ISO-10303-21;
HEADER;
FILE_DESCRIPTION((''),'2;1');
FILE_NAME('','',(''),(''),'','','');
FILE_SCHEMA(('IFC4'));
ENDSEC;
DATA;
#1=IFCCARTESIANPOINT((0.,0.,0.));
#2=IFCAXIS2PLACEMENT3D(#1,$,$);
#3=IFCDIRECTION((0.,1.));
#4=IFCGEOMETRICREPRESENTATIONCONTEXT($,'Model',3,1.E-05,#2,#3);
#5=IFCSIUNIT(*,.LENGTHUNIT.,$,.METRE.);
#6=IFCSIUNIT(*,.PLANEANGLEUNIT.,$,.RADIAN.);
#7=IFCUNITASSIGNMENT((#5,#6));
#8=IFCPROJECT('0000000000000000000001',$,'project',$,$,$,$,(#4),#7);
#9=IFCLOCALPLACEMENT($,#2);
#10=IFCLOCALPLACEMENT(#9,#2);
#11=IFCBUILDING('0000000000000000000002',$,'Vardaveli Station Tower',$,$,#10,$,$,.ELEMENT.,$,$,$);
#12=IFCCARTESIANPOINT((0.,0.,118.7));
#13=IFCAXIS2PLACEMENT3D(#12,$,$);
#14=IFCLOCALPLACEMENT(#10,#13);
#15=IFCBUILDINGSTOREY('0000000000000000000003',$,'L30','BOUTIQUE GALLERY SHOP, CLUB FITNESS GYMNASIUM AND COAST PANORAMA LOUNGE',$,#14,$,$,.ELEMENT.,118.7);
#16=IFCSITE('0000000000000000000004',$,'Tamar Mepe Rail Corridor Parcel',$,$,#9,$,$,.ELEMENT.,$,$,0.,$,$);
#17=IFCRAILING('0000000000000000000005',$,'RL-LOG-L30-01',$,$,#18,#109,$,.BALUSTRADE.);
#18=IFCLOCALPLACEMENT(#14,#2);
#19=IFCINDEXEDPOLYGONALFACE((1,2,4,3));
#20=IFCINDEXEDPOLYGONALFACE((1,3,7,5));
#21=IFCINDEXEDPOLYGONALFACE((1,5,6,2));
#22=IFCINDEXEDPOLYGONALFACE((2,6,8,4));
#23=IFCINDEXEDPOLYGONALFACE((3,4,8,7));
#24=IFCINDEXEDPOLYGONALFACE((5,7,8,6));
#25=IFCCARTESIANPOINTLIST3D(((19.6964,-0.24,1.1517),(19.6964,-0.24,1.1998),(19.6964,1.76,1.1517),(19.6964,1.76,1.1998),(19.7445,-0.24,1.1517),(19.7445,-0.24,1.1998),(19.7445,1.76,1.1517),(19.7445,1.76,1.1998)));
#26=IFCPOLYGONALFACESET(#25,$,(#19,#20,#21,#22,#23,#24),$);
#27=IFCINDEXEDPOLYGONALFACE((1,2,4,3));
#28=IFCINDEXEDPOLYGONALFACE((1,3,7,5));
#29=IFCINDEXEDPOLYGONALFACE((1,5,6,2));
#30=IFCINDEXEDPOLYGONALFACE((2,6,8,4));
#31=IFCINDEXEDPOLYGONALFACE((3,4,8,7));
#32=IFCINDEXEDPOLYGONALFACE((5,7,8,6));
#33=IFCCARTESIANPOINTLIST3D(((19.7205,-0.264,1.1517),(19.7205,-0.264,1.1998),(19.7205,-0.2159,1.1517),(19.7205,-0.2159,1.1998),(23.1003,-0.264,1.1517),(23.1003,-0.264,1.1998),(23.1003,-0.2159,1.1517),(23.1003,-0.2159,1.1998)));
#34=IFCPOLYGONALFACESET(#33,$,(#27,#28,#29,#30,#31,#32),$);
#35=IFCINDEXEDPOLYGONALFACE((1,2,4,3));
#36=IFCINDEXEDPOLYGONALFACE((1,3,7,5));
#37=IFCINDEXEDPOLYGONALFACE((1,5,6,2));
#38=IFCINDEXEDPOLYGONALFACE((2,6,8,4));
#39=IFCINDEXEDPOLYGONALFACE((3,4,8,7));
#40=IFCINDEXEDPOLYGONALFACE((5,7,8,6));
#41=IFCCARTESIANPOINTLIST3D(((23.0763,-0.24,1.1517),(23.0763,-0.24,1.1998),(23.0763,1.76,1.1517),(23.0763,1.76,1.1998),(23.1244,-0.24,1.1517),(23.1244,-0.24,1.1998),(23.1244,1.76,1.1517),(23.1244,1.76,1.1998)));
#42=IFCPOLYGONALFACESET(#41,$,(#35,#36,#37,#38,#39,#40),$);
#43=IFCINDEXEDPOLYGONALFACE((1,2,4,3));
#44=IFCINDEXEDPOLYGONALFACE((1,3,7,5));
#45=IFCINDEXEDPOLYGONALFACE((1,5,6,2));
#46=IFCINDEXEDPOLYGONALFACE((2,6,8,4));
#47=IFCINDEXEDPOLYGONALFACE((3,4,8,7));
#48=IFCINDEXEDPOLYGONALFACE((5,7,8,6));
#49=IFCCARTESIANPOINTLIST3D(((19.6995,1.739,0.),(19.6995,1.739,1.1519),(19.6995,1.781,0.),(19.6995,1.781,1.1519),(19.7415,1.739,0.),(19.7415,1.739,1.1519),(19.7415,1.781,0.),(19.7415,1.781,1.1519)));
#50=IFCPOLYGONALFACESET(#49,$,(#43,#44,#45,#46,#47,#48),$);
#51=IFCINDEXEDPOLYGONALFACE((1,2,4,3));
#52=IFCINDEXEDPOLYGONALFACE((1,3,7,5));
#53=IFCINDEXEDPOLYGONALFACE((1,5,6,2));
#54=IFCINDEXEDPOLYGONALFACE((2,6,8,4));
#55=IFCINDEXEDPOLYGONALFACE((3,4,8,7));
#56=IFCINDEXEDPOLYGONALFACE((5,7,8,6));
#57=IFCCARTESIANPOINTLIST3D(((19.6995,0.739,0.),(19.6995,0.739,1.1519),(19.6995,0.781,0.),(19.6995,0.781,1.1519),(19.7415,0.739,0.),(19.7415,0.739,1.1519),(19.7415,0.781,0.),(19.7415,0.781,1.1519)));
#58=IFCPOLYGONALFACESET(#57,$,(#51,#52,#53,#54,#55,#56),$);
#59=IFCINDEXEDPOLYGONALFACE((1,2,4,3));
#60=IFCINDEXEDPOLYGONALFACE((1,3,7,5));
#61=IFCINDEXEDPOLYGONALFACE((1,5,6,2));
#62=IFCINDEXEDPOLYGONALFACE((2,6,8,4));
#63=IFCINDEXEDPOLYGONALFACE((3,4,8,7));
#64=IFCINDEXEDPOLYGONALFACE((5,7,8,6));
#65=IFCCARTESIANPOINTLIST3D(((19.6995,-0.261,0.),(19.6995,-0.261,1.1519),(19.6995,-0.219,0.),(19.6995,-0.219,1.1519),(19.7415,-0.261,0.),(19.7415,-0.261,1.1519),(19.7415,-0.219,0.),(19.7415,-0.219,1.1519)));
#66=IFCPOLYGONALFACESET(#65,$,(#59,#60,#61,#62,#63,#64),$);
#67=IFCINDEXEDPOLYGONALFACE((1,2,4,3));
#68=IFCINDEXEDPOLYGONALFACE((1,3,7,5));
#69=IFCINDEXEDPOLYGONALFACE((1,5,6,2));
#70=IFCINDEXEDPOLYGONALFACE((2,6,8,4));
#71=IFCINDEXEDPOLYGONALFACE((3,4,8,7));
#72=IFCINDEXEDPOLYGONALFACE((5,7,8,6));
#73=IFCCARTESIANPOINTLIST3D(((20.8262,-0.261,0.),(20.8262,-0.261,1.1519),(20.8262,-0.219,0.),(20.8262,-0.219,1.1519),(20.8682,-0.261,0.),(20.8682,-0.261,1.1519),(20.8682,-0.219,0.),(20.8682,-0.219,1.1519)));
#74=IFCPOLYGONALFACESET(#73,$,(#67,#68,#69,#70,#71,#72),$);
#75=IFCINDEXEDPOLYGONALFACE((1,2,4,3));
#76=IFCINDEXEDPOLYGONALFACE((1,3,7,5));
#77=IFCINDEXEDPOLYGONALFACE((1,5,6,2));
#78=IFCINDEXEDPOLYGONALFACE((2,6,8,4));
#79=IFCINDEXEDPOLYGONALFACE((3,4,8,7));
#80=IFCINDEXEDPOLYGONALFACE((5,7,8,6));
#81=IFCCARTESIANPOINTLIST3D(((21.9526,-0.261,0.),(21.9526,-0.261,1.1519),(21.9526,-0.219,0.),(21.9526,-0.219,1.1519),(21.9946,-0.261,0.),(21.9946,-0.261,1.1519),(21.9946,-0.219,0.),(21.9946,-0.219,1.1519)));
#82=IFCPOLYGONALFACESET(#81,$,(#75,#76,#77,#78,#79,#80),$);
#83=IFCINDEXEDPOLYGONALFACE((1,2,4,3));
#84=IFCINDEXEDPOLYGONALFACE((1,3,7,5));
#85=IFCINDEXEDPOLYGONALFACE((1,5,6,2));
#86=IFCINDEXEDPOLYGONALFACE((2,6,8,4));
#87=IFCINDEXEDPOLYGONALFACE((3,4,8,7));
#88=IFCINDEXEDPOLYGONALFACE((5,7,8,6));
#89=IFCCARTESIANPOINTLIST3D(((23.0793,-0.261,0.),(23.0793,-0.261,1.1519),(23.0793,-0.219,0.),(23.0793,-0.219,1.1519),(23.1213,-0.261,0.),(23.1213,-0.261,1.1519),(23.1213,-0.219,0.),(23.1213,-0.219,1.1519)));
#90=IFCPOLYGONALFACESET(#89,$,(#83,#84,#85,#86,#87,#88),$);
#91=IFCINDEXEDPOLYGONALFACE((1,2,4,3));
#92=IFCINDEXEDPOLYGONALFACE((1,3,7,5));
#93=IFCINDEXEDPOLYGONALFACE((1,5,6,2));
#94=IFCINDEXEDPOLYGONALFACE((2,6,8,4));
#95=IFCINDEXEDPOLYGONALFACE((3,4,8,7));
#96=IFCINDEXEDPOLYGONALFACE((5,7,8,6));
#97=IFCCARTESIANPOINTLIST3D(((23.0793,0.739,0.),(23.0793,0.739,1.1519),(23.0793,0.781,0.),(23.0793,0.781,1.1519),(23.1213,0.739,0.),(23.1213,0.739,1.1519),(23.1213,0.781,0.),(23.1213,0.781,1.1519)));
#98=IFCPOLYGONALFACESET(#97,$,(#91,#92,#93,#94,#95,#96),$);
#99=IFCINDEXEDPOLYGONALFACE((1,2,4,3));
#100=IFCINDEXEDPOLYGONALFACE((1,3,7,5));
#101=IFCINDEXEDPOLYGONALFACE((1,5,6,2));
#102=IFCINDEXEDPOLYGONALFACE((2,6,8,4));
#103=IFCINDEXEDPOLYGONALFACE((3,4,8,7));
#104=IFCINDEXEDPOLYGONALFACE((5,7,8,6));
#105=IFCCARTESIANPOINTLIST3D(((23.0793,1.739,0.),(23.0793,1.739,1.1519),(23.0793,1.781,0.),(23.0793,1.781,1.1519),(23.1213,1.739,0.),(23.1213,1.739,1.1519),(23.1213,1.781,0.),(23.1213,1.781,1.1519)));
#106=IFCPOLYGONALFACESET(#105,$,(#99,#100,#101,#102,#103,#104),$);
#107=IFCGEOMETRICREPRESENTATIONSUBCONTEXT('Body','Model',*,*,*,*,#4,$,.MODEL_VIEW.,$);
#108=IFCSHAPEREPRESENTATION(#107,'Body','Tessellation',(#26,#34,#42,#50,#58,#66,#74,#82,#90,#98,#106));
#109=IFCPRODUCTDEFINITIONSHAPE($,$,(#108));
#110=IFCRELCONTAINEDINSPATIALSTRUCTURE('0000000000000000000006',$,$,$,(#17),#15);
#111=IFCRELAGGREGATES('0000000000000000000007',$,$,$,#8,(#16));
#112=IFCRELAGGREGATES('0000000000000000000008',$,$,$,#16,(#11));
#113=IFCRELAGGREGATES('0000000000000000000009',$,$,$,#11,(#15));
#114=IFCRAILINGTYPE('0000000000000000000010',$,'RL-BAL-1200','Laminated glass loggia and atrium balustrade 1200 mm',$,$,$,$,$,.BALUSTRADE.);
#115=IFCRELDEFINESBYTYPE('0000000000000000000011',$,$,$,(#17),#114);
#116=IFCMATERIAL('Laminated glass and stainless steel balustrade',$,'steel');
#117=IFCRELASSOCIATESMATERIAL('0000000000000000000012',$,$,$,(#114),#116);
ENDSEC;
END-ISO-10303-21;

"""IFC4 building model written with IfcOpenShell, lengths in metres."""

from ifc_helpers import new_model, si_unit, direction, frame, origin, origin_2d, place, context, subcontext, project, spatial, rectangle, extrude, source, transform, mapped, material, type_object, element, save


model = new_model("IFC4")

# Units and contexts
model_context = context("Model", 3, precision=1e-05, world=origin(), true_north=direction((0.0, 1.0)))
body_context = subcontext(model_context, "Body", "Model", "MODEL_VIEW")
ifc_project = project(units=[si_unit("LENGTHUNIT", "METRE"), si_unit("PLANEANGLEUNIT", "RADIAN")], contexts=[model_context])

# Site, building, storey
site_placement = place(None, origin())
site = spatial("IfcSite", under=ifc_project, at=site_placement, Name="Tamar Mepe Rail Corridor Parcel", CompositionType="ELEMENT", RefElevation=0.0)
building_placement = place(site_placement, origin())
building = spatial("IfcBuilding", under=site, at=building_placement, Name="Vardaveli Station Tower", CompositionType="ELEMENT")
storey_placement = place(building_placement, frame((0.0, 0.0, 118.7)))
storey = spatial("IfcBuildingStorey", under=building, at=storey_placement, Name="L30", Description="BOUTIQUE GALLERY SHOP, CLUB FITNESS GYMNASIUM AND COAST PANORAMA LOUNGE", CompositionType="ELEMENT", Elevation=118.7)

# Railing
ifc_material_1 = material(Name="Laminated glass and stainless steel balustrade", Category="steel")
railing_type = type_object("IfcRailingType", Name="RL-BAL-1200", Description="Laminated glass loggia and atrium balustrade 1200 mm", PredefinedType="BALUSTRADE", material=ifc_material_1)
shared_shape_1 = source(origin(), body_context, "Body", "SweptSolid", [
    extrude(rectangle(XDim=0.0481, YDim=0.0481, at=origin_2d()), frame((0.0, 0.0, 1.1758), z_axis=(0.0, -1.0, 0.0), x_axis=(1.0, 0.0, 0.0)), (0.0, 0.0, 1.0), 2.0),
    extrude(rectangle(XDim=0.0481, YDim=0.0481, at=origin_2d()), frame((0.0, -2.0, 1.1758), z_axis=(1.0, 0.0, 0.0), x_axis=(0.0, 1.0, 0.0)), (0.0, 0.0, 1.0), 3.3799),
    extrude(rectangle(XDim=0.0481, YDim=0.0481, at=origin_2d()), frame((3.3799, -2.0, 1.1758), z_axis=(0.0, 1.0, 0.0), x_axis=(-1.0, 0.0, 0.0)), (0.0, 0.0, 1.0), 2.0),
    extrude(rectangle(XDim=0.042, YDim=0.042, at=origin_2d()), origin(), (0.0, 0.0, 1.0), 1.1519),
    extrude(rectangle(XDim=0.042, YDim=0.042, at=origin_2d()), frame((0.0, -1.0, 0.0)), (0.0, 0.0, 1.0), 1.1519),
    extrude(rectangle(XDim=0.042, YDim=0.042, at=origin_2d()), frame((0.0, -2.0, 0.0)), (0.0, 0.0, 1.0), 1.1519),
    extrude(rectangle(XDim=0.042, YDim=0.042, at=origin_2d()), frame((1.1267, -2.0, 0.0)), (0.0, 0.0, 1.0), 1.1519),
    extrude(rectangle(XDim=0.042, YDim=0.042, at=origin_2d()), frame((2.2532, -2.0, 0.0)), (0.0, 0.0, 1.0), 1.1519),
    extrude(rectangle(XDim=0.042, YDim=0.042, at=origin_2d()), frame((3.3799, -2.0, 0.0)), (0.0, 0.0, 1.0), 1.1519),
    extrude(rectangle(XDim=0.042, YDim=0.042, at=origin_2d()), frame((3.3799, -1.0, 0.0)), (0.0, 0.0, 1.0), 1.1519),
    extrude(rectangle(XDim=0.042, YDim=0.042, at=origin_2d()), frame((3.3799, 0.0, 0.0)), (0.0, 0.0, 1.0), 1.1519),
])
railing_placement = place(storey_placement, frame((19.7205, 1.76, 0.0)))
element("IfcRailing", 1, at=railing_placement, inside=storey, type_object=railing_type, Name="RL-LOG-L30-01", PredefinedType="BALUSTRADE", context=body_context, shape_type="MappedRepresentation", body=[
    mapped(shared_shape_1, transform((0.0, 0.0, 0.0), scale=1.0)),
])

save(model, "model.ifc")
